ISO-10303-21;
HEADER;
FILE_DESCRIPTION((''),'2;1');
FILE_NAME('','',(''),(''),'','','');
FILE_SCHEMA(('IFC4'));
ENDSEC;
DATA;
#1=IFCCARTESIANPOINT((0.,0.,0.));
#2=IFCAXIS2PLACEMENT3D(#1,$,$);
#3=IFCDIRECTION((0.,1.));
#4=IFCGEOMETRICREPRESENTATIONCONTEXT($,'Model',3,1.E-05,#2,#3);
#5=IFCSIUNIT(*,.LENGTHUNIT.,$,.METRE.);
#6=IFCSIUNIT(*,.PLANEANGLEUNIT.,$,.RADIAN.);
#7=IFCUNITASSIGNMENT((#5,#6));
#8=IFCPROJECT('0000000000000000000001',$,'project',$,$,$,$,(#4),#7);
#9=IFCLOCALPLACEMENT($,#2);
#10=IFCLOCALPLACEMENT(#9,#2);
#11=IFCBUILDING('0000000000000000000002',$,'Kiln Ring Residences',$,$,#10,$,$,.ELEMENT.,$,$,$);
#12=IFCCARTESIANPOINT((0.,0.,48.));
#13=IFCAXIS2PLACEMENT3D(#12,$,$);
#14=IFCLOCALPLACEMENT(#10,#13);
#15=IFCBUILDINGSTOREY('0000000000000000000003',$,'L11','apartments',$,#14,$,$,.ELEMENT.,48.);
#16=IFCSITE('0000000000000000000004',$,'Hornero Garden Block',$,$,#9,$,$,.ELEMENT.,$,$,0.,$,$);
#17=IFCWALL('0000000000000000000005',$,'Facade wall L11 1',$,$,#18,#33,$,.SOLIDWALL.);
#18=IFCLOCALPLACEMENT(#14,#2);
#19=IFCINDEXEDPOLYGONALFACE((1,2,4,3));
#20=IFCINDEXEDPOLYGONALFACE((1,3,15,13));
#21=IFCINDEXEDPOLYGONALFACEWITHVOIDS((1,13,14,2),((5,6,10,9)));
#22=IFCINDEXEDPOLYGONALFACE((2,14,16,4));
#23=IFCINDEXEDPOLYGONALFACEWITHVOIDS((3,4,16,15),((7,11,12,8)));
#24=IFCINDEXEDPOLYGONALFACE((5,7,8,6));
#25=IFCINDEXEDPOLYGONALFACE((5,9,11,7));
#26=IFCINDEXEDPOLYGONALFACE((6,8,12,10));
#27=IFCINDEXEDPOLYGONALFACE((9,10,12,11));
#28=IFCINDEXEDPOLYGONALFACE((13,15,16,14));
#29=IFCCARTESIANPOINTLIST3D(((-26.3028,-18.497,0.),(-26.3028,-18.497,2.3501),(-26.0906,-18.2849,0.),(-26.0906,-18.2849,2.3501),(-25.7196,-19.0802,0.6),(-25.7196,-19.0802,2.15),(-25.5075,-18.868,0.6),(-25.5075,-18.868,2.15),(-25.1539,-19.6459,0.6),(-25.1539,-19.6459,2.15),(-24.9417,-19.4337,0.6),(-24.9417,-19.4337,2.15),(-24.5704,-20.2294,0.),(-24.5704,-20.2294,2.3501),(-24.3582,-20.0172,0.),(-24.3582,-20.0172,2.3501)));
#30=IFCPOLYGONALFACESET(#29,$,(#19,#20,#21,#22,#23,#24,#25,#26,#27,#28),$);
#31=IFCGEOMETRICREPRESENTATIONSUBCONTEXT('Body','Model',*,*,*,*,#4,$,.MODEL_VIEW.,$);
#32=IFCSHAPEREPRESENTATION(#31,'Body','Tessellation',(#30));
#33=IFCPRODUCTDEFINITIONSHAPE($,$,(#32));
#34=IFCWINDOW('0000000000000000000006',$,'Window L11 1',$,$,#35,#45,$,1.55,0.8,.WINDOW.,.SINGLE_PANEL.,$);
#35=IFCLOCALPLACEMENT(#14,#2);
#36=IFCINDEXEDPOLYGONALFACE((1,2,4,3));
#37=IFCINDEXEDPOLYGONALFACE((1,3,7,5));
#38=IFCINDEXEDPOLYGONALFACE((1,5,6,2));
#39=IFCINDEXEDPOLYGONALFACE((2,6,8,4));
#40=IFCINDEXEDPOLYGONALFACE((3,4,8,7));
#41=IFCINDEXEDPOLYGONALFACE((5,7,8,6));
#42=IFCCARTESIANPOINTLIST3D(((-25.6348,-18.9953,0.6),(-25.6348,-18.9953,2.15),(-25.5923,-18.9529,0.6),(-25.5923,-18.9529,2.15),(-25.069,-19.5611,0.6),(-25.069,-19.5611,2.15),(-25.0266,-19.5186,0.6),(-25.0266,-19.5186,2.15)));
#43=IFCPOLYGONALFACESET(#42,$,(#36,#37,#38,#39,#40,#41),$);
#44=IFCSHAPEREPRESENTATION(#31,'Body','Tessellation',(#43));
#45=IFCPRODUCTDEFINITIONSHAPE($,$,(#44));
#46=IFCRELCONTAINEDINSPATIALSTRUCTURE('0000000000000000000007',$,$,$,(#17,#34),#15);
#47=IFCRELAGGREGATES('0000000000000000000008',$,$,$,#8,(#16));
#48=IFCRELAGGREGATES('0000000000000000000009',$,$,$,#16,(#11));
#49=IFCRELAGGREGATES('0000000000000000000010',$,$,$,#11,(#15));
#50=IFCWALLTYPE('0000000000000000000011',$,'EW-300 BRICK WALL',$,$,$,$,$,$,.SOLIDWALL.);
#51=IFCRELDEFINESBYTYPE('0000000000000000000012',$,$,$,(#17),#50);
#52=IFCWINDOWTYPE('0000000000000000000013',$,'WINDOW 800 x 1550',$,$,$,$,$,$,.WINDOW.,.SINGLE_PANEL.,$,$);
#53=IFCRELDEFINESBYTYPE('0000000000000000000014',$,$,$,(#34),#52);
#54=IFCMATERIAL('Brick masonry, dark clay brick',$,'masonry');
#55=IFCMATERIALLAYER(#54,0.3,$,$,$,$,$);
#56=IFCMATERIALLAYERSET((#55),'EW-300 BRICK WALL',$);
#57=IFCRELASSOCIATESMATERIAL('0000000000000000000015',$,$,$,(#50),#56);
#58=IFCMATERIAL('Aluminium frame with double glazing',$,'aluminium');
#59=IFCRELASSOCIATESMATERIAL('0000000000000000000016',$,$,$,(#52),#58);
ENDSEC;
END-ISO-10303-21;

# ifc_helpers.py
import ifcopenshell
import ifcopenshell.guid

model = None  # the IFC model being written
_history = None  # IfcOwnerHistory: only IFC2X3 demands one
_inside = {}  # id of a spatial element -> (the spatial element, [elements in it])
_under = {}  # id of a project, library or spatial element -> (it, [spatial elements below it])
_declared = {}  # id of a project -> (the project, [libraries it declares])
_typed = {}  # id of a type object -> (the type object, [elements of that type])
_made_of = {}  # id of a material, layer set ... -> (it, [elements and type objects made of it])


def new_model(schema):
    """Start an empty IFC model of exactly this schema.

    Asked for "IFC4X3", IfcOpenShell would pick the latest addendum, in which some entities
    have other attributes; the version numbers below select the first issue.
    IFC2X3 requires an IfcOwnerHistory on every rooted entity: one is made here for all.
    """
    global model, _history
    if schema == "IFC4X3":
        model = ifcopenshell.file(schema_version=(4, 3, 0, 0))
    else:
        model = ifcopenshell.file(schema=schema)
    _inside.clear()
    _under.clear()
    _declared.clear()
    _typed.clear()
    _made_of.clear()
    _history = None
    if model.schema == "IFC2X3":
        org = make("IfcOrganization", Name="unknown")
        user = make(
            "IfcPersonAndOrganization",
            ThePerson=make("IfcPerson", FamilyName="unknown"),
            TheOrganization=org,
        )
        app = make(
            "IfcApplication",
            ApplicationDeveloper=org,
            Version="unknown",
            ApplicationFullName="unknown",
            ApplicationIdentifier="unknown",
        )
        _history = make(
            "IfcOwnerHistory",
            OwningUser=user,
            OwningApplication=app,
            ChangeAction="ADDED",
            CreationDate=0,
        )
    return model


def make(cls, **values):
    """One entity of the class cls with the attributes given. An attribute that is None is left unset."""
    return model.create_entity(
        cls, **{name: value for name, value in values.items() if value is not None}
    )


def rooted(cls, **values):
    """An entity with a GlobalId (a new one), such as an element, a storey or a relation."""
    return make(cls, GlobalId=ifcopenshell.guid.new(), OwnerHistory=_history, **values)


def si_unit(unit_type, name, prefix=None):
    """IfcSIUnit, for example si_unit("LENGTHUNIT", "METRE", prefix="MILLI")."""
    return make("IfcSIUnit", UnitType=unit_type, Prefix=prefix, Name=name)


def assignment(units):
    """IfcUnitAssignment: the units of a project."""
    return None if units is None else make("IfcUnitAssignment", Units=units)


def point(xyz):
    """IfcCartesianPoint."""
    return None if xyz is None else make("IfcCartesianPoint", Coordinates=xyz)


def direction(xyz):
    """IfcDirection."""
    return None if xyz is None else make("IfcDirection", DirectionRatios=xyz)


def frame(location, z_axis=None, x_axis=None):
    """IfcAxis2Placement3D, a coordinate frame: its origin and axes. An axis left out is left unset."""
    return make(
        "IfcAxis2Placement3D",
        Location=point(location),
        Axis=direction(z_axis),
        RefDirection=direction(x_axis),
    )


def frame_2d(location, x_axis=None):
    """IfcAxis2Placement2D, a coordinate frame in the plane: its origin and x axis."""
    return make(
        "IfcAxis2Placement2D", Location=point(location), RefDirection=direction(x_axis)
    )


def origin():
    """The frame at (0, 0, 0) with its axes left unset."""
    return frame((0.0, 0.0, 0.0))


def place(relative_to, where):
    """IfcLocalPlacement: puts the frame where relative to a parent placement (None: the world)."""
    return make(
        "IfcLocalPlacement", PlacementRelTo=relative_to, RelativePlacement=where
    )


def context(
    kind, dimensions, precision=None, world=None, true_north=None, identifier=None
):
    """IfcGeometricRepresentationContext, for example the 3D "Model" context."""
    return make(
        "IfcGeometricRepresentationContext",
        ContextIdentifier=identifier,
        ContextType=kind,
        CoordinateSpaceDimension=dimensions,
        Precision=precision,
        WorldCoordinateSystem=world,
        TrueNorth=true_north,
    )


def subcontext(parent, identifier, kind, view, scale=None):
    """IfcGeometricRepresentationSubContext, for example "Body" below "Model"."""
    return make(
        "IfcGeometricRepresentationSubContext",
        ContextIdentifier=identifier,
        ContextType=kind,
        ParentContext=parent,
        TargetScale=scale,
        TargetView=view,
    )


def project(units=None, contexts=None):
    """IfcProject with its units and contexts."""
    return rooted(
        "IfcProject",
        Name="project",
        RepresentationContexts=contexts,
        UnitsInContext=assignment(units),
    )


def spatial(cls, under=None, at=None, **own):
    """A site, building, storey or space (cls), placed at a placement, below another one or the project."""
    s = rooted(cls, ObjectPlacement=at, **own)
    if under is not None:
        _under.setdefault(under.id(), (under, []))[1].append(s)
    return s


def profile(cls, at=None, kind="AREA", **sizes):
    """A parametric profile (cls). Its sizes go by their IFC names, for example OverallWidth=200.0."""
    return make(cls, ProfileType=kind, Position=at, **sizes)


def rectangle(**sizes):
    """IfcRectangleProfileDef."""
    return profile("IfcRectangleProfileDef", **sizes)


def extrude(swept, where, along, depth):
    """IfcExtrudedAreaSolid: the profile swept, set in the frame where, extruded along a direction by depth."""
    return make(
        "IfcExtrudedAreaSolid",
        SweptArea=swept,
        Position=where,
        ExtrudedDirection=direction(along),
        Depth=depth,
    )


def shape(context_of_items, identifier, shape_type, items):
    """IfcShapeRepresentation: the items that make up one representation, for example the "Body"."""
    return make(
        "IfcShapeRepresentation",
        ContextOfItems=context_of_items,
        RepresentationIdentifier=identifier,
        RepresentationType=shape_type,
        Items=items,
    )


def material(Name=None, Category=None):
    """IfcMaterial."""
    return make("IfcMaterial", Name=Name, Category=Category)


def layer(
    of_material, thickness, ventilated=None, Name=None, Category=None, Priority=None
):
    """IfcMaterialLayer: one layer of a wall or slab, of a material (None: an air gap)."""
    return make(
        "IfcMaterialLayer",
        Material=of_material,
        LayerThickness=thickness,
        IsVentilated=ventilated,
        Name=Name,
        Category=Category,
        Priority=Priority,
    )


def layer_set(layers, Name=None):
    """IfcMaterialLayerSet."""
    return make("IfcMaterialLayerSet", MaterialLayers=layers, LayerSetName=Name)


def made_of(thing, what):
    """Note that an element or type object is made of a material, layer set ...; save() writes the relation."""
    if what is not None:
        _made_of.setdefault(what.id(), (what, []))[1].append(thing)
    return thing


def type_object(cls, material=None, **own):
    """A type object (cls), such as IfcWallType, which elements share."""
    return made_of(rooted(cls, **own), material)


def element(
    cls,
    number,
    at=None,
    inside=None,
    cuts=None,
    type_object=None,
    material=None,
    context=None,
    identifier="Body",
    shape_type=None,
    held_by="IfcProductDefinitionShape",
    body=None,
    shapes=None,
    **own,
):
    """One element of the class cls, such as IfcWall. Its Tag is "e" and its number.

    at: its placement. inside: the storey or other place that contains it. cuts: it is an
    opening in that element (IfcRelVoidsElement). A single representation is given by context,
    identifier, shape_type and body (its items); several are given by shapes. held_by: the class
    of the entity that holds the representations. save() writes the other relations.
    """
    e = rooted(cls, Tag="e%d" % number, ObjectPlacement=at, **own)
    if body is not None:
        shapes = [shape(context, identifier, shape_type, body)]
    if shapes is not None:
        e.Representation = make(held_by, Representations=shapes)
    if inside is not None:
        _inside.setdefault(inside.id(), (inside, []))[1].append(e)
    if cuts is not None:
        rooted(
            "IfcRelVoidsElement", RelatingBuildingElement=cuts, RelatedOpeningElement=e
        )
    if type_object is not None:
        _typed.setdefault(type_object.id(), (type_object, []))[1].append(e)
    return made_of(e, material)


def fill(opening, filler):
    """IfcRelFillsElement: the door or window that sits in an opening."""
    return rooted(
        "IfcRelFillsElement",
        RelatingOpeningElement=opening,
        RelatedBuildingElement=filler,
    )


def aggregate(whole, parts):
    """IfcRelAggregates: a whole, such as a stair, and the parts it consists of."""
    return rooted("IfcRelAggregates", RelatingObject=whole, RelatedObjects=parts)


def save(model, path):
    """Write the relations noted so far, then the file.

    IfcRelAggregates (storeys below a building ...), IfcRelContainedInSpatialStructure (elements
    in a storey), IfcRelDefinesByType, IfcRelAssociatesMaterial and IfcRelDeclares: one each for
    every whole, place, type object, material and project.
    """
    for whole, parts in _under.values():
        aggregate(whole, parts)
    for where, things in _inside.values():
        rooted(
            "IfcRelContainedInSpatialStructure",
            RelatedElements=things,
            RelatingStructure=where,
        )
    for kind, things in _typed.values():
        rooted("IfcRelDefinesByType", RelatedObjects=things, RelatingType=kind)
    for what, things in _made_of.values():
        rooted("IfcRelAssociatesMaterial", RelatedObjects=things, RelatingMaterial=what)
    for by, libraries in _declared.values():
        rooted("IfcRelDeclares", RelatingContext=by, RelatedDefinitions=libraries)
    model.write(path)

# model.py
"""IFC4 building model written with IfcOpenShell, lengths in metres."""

from ifc_helpers import new_model, si_unit, direction, frame, frame_2d, origin, place, context, subcontext, project, spatial, rectangle, extrude, material, layer, layer_set, type_object, element, fill, save


model = new_model("IFC4")

# Units and contexts
model_context = context("Model", 3, precision=1e-05, world=origin(), true_north=direction((0.0, 1.0)))
body_context = subcontext(model_context, "Body", "Model", "MODEL_VIEW")
ifc_project = project(units=[si_unit("LENGTHUNIT", "METRE"), si_unit("PLANEANGLEUNIT", "RADIAN")], contexts=[model_context])

# Site, building, storey
site_placement = place(None, origin())
site = spatial("IfcSite", under=ifc_project, at=site_placement, Name="Hornero Garden Block", CompositionType="ELEMENT", RefElevation=0.0)
building_placement = place(site_placement, origin())
building = spatial("IfcBuilding", under=site, at=building_placement, Name="Kiln Ring Residences", CompositionType="ELEMENT")
storey_placement = place(building_placement, frame((0.0, 0.0, 48.0)))
storey = spatial("IfcBuildingStorey", under=building, at=storey_placement, Name="L11", Description="apartments", CompositionType="ELEMENT", Elevation=48.0)

# Wall, opening, window
ifc_material_1 = material(Name="Brick masonry, dark clay brick", Category="masonry")
ifc_layer_1 = layer(ifc_material_1, 0.3)
ifc_layer_set_1 = layer_set([ifc_layer_1], Name="EW-300 BRICK WALL")
wall_type_1 = type_object("IfcWallType", Name="EW-300 BRICK WALL", PredefinedType="SOLIDWALL", material=ifc_layer_set_1)
wall_1_placement = place(storey_placement, frame((-26.1968, -18.3909, 0.0), z_axis=(0.0, 0.0, 1.0), x_axis=(0.707107, -0.707107, 0.0)))
wall_1 = element("IfcWall", 1, at=wall_1_placement, inside=storey, type_object=wall_type_1, Name="Facade wall L11 1", PredefinedType="SOLIDWALL", context=body_context, shape_type="SweptSolid", body=[
    extrude(rectangle(XDim=2.45, YDim=0.3, at=frame_2d((1.2251, 0.0))), origin(), (0.0, 0.0, 1.0), 2.3501),
])
opening_1_placement = place(wall_1_placement, frame((0.825, 0.0, 0.6001)))
opening_1 = element("IfcOpeningElement", 2, at=opening_1_placement, cuts=wall_1, PredefinedType="OPENING", context=body_context, shape_type="SweptSolid", body=[
    extrude(rectangle(XDim=0.8, YDim=1.55, at=frame_2d((0.3999, 0.7749))), frame((0.0, 0.1599, 0.0), z_axis=(0.0, -1.0, 0.0), x_axis=(1.0, 0.0, 0.0)), (0.0, 0.0, 1.0), 0.3201),
])
ifc_material_2 = material(Name="Aluminium frame with double glazing", Category="aluminium")
window_type = type_object("IfcWindowType", Name="WINDOW 800 x 1550", PartitioningType="SINGLE_PANEL", PredefinedType="WINDOW", material=ifc_material_2)
window_placement = place(opening_1_placement, origin())
window = element("IfcWindow", 3, at=window_placement, inside=storey, type_object=window_type, Name="Window L11 1", OverallHeight=1.55, OverallWidth=0.8, PartitioningType="SINGLE_PANEL", PredefinedType="WINDOW", context=body_context, shape_type="SweptSolid", body=[
    extrude(rectangle(XDim=0.8, YDim=1.55, at=frame_2d((0.3999, 0.7749))), frame((0.0, 0.03, 0.0), z_axis=(0.0, -1.0, 0.0), x_axis=(1.0, 0.0, 0.0)), (0.0, 0.0, 1.0), 0.0601),
])
fill(opening_1, window)

save(model, "model.ifc")
